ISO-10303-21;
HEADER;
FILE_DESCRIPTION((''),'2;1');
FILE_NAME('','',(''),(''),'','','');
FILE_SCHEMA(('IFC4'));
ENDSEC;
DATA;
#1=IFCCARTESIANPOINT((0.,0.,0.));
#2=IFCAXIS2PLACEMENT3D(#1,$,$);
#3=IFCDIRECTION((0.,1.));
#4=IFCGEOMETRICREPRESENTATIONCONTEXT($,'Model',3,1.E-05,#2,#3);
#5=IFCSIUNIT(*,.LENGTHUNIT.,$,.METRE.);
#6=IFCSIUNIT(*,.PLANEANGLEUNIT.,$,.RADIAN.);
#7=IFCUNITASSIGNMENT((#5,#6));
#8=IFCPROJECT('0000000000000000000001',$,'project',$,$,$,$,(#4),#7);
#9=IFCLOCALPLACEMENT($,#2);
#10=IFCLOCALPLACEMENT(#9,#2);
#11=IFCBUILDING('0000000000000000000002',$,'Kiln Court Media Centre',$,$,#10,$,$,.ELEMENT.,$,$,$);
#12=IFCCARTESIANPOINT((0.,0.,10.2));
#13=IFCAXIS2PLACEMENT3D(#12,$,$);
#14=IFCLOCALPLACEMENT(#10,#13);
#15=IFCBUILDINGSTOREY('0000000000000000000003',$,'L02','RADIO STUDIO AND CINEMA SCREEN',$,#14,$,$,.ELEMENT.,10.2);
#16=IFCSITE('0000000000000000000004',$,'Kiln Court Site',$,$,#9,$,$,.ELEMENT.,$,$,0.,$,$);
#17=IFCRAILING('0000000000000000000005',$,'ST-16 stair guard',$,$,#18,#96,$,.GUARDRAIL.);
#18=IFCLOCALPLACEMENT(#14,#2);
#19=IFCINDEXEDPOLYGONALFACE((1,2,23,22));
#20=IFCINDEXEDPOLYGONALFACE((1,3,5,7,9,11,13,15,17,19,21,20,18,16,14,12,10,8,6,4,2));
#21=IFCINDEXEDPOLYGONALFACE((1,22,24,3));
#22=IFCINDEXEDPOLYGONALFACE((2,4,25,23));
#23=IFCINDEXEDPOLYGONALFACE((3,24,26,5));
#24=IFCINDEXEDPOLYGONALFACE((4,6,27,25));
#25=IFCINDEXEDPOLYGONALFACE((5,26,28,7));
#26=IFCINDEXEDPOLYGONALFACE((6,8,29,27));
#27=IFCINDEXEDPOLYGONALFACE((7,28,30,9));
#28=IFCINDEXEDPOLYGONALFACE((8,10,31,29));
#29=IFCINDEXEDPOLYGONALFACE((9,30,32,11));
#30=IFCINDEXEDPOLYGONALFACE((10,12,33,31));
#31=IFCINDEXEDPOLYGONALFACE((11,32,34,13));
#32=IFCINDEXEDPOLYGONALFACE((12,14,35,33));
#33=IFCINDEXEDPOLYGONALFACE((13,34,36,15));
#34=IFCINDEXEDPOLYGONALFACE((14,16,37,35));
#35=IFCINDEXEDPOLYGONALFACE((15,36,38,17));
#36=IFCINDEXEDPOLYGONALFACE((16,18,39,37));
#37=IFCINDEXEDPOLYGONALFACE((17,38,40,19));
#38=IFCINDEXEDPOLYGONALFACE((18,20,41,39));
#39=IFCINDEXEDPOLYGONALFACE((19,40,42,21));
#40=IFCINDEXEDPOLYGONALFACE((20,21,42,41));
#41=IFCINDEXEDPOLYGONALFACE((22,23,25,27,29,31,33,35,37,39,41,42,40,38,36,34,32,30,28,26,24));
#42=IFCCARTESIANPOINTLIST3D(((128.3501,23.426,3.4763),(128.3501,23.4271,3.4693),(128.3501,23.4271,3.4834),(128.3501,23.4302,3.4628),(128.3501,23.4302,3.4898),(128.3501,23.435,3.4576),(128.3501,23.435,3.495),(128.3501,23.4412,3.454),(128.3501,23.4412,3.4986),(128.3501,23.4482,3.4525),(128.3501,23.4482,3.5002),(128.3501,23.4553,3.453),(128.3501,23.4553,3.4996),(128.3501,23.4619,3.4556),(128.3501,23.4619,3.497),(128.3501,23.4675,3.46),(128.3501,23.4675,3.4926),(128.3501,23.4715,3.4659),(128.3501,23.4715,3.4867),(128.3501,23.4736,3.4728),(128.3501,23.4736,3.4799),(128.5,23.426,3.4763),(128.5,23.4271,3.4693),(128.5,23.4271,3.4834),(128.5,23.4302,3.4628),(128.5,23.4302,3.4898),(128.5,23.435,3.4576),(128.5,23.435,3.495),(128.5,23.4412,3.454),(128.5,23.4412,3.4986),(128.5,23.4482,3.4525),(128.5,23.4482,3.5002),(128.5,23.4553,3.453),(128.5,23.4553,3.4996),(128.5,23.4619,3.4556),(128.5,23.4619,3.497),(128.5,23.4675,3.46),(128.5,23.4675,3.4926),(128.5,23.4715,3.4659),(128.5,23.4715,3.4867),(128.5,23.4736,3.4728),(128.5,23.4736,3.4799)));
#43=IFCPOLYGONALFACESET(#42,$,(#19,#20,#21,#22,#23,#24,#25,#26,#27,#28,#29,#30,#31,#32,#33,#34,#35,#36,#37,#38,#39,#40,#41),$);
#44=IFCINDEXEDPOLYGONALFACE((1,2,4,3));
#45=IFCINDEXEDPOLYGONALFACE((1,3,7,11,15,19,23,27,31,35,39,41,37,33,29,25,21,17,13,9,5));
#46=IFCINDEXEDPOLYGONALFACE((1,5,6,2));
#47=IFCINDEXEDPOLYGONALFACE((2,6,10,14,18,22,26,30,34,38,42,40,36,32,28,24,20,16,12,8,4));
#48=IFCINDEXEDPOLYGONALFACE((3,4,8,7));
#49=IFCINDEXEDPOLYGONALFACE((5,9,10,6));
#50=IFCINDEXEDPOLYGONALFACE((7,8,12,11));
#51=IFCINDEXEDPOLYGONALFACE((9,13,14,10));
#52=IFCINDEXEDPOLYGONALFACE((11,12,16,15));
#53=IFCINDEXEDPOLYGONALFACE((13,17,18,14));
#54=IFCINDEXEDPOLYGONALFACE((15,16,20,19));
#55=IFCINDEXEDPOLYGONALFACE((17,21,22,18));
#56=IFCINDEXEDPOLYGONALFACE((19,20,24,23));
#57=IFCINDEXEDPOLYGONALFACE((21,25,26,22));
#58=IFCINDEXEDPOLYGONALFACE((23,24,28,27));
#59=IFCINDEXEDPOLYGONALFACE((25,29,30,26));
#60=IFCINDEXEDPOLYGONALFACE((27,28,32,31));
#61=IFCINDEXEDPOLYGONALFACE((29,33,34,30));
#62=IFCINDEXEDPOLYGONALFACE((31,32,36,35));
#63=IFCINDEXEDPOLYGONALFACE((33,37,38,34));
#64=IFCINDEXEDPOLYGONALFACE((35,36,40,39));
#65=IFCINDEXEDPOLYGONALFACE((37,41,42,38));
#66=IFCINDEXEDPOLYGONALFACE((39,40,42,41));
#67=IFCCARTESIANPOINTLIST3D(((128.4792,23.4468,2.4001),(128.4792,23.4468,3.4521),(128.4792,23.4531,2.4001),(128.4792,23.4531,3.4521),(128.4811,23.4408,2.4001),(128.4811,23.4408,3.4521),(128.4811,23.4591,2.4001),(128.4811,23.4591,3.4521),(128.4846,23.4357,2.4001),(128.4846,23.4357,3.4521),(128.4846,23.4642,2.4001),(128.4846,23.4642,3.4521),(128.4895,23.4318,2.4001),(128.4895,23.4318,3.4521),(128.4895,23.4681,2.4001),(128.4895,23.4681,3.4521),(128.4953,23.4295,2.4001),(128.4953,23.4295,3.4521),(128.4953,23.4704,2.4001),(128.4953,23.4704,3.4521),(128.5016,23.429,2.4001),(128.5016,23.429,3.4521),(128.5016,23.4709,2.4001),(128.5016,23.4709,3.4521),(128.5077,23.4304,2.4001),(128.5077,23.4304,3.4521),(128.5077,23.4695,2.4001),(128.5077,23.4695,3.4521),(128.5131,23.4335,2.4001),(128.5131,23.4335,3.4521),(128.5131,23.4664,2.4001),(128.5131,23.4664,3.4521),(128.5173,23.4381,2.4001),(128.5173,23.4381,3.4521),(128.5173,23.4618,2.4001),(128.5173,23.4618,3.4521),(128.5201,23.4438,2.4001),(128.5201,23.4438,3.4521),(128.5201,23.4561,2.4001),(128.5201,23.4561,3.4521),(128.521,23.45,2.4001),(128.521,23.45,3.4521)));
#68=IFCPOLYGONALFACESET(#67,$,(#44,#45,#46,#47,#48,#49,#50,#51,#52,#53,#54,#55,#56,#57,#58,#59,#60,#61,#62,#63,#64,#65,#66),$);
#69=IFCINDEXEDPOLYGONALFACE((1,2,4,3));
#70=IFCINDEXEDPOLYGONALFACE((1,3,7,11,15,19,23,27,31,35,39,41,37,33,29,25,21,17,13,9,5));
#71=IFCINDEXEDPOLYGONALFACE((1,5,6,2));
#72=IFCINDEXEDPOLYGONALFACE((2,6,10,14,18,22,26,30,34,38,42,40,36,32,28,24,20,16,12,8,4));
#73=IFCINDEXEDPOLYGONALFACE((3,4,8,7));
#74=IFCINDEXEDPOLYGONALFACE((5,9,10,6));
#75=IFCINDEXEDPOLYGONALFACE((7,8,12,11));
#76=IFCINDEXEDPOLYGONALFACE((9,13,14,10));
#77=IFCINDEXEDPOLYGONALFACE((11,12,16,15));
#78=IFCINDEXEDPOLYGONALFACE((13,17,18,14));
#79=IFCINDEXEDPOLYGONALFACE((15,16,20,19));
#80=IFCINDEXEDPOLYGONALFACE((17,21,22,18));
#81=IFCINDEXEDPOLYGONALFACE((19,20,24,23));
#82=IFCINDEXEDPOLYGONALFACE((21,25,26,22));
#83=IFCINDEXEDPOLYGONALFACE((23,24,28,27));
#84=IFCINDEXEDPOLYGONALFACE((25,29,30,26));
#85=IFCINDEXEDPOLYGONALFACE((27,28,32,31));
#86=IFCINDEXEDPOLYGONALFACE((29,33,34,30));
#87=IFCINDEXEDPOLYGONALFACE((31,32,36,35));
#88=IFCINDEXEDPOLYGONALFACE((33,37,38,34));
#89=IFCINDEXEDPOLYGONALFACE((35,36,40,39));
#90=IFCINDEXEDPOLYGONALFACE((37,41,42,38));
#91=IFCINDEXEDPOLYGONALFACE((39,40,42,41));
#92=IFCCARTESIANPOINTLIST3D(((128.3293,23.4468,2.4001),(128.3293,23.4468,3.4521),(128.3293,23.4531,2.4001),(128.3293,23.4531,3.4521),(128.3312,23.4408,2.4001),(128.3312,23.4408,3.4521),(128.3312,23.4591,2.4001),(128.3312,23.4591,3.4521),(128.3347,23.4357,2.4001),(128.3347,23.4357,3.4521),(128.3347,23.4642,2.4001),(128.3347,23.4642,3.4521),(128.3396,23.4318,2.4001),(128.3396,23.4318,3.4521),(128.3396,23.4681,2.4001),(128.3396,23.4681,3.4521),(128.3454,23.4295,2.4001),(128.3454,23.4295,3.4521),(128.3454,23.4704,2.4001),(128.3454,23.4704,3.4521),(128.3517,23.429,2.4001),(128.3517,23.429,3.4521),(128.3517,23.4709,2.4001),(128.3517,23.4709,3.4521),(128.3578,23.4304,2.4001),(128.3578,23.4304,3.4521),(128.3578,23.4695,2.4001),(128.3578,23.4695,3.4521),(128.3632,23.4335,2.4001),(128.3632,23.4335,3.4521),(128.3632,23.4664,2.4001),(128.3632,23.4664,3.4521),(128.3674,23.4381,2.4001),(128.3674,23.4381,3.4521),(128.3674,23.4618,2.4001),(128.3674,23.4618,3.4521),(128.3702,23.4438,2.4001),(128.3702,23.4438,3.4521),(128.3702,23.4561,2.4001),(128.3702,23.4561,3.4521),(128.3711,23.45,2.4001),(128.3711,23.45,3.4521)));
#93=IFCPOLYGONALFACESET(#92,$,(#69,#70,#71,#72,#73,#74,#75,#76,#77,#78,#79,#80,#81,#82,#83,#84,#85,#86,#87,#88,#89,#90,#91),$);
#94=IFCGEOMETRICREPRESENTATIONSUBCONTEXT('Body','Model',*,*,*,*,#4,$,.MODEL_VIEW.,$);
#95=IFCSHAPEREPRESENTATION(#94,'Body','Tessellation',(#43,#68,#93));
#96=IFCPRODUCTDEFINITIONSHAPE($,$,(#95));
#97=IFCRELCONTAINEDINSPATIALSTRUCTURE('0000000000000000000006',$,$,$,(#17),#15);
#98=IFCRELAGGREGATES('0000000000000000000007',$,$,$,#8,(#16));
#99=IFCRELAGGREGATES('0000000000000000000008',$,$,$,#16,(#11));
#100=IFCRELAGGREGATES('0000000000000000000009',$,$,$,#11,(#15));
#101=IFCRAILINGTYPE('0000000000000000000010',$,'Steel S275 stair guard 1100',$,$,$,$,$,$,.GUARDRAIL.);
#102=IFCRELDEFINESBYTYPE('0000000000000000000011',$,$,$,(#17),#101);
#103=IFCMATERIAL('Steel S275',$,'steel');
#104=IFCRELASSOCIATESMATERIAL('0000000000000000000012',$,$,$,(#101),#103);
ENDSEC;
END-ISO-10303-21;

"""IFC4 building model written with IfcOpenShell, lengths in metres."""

from ifc_helpers import new_model, si_unit, direction, frame, origin, origin_2d, place, context, subcontext, project, spatial, circle, extrude, material, type_object, element, save


model = new_model("IFC4")

# Units and contexts
model_context = context("Model", 3, precision=1e-05, world=origin(), true_north=direction((0.0, 1.0)))
body_context = subcontext(model_context, "Body", "Model", "MODEL_VIEW")
ifc_project = project(units=[si_unit("LENGTHUNIT", "METRE"), si_unit("PLANEANGLEUNIT", "RADIAN")], contexts=[model_context])

# Site, building, storey
site_placement = place(None, origin())
site = spatial("IfcSite", under=ifc_project, at=site_placement, Name="Kiln Court Site", CompositionType="ELEMENT", RefElevation=0.0)
building_placement = place(site_placement, origin())
building = spatial("IfcBuilding", under=site, at=building_placement, Name="Kiln Court Media Centre", CompositionType="ELEMENT")
storey_placement = place(building_placement, frame((0.0, 0.0, 10.2)))
storey = spatial("IfcBuildingStorey", under=building, at=storey_placement, Name="L02", Description="RADIO STUDIO AND CINEMA SCREEN", CompositionType="ELEMENT", Elevation=10.2)

# Railing
ifc_material_1 = material(Name="Steel S275", Category="steel")
railing_type_1 = type_object("IfcRailingType", Name="Steel S275 stair guard 1100", PredefinedType="GUARDRAIL", material=ifc_material_1)
railing_1_placement = place(storey_placement, frame((128.5, 23.45, 2.4001)))
element("IfcRailing", 1, at=railing_1_placement, inside=storey, type_object=railing_type_1, Name="ST-16 stair guard", PredefinedType="GUARDRAIL", context=body_context, shape_type="SweptSolid", body=[
    extrude(circle(Radius=0.0239, at=origin_2d()), frame((0.0, 0.0, 1.0762), z_axis=(-1.0, 0.0, 0.0), x_axis=(0.0, -1.0, 0.0)), (0.0, 0.0, 1.0), 0.1499),
    extrude(circle(Radius=0.021, at=origin_2d()), origin(), (0.0, 0.0, 1.0), 1.052),
    extrude(circle(Radius=0.021, at=origin_2d()), frame((-0.1499, 0.0, 0.0)), (0.0, 0.0, 1.0), 1.052),
])

save(model, "model.ifc")
